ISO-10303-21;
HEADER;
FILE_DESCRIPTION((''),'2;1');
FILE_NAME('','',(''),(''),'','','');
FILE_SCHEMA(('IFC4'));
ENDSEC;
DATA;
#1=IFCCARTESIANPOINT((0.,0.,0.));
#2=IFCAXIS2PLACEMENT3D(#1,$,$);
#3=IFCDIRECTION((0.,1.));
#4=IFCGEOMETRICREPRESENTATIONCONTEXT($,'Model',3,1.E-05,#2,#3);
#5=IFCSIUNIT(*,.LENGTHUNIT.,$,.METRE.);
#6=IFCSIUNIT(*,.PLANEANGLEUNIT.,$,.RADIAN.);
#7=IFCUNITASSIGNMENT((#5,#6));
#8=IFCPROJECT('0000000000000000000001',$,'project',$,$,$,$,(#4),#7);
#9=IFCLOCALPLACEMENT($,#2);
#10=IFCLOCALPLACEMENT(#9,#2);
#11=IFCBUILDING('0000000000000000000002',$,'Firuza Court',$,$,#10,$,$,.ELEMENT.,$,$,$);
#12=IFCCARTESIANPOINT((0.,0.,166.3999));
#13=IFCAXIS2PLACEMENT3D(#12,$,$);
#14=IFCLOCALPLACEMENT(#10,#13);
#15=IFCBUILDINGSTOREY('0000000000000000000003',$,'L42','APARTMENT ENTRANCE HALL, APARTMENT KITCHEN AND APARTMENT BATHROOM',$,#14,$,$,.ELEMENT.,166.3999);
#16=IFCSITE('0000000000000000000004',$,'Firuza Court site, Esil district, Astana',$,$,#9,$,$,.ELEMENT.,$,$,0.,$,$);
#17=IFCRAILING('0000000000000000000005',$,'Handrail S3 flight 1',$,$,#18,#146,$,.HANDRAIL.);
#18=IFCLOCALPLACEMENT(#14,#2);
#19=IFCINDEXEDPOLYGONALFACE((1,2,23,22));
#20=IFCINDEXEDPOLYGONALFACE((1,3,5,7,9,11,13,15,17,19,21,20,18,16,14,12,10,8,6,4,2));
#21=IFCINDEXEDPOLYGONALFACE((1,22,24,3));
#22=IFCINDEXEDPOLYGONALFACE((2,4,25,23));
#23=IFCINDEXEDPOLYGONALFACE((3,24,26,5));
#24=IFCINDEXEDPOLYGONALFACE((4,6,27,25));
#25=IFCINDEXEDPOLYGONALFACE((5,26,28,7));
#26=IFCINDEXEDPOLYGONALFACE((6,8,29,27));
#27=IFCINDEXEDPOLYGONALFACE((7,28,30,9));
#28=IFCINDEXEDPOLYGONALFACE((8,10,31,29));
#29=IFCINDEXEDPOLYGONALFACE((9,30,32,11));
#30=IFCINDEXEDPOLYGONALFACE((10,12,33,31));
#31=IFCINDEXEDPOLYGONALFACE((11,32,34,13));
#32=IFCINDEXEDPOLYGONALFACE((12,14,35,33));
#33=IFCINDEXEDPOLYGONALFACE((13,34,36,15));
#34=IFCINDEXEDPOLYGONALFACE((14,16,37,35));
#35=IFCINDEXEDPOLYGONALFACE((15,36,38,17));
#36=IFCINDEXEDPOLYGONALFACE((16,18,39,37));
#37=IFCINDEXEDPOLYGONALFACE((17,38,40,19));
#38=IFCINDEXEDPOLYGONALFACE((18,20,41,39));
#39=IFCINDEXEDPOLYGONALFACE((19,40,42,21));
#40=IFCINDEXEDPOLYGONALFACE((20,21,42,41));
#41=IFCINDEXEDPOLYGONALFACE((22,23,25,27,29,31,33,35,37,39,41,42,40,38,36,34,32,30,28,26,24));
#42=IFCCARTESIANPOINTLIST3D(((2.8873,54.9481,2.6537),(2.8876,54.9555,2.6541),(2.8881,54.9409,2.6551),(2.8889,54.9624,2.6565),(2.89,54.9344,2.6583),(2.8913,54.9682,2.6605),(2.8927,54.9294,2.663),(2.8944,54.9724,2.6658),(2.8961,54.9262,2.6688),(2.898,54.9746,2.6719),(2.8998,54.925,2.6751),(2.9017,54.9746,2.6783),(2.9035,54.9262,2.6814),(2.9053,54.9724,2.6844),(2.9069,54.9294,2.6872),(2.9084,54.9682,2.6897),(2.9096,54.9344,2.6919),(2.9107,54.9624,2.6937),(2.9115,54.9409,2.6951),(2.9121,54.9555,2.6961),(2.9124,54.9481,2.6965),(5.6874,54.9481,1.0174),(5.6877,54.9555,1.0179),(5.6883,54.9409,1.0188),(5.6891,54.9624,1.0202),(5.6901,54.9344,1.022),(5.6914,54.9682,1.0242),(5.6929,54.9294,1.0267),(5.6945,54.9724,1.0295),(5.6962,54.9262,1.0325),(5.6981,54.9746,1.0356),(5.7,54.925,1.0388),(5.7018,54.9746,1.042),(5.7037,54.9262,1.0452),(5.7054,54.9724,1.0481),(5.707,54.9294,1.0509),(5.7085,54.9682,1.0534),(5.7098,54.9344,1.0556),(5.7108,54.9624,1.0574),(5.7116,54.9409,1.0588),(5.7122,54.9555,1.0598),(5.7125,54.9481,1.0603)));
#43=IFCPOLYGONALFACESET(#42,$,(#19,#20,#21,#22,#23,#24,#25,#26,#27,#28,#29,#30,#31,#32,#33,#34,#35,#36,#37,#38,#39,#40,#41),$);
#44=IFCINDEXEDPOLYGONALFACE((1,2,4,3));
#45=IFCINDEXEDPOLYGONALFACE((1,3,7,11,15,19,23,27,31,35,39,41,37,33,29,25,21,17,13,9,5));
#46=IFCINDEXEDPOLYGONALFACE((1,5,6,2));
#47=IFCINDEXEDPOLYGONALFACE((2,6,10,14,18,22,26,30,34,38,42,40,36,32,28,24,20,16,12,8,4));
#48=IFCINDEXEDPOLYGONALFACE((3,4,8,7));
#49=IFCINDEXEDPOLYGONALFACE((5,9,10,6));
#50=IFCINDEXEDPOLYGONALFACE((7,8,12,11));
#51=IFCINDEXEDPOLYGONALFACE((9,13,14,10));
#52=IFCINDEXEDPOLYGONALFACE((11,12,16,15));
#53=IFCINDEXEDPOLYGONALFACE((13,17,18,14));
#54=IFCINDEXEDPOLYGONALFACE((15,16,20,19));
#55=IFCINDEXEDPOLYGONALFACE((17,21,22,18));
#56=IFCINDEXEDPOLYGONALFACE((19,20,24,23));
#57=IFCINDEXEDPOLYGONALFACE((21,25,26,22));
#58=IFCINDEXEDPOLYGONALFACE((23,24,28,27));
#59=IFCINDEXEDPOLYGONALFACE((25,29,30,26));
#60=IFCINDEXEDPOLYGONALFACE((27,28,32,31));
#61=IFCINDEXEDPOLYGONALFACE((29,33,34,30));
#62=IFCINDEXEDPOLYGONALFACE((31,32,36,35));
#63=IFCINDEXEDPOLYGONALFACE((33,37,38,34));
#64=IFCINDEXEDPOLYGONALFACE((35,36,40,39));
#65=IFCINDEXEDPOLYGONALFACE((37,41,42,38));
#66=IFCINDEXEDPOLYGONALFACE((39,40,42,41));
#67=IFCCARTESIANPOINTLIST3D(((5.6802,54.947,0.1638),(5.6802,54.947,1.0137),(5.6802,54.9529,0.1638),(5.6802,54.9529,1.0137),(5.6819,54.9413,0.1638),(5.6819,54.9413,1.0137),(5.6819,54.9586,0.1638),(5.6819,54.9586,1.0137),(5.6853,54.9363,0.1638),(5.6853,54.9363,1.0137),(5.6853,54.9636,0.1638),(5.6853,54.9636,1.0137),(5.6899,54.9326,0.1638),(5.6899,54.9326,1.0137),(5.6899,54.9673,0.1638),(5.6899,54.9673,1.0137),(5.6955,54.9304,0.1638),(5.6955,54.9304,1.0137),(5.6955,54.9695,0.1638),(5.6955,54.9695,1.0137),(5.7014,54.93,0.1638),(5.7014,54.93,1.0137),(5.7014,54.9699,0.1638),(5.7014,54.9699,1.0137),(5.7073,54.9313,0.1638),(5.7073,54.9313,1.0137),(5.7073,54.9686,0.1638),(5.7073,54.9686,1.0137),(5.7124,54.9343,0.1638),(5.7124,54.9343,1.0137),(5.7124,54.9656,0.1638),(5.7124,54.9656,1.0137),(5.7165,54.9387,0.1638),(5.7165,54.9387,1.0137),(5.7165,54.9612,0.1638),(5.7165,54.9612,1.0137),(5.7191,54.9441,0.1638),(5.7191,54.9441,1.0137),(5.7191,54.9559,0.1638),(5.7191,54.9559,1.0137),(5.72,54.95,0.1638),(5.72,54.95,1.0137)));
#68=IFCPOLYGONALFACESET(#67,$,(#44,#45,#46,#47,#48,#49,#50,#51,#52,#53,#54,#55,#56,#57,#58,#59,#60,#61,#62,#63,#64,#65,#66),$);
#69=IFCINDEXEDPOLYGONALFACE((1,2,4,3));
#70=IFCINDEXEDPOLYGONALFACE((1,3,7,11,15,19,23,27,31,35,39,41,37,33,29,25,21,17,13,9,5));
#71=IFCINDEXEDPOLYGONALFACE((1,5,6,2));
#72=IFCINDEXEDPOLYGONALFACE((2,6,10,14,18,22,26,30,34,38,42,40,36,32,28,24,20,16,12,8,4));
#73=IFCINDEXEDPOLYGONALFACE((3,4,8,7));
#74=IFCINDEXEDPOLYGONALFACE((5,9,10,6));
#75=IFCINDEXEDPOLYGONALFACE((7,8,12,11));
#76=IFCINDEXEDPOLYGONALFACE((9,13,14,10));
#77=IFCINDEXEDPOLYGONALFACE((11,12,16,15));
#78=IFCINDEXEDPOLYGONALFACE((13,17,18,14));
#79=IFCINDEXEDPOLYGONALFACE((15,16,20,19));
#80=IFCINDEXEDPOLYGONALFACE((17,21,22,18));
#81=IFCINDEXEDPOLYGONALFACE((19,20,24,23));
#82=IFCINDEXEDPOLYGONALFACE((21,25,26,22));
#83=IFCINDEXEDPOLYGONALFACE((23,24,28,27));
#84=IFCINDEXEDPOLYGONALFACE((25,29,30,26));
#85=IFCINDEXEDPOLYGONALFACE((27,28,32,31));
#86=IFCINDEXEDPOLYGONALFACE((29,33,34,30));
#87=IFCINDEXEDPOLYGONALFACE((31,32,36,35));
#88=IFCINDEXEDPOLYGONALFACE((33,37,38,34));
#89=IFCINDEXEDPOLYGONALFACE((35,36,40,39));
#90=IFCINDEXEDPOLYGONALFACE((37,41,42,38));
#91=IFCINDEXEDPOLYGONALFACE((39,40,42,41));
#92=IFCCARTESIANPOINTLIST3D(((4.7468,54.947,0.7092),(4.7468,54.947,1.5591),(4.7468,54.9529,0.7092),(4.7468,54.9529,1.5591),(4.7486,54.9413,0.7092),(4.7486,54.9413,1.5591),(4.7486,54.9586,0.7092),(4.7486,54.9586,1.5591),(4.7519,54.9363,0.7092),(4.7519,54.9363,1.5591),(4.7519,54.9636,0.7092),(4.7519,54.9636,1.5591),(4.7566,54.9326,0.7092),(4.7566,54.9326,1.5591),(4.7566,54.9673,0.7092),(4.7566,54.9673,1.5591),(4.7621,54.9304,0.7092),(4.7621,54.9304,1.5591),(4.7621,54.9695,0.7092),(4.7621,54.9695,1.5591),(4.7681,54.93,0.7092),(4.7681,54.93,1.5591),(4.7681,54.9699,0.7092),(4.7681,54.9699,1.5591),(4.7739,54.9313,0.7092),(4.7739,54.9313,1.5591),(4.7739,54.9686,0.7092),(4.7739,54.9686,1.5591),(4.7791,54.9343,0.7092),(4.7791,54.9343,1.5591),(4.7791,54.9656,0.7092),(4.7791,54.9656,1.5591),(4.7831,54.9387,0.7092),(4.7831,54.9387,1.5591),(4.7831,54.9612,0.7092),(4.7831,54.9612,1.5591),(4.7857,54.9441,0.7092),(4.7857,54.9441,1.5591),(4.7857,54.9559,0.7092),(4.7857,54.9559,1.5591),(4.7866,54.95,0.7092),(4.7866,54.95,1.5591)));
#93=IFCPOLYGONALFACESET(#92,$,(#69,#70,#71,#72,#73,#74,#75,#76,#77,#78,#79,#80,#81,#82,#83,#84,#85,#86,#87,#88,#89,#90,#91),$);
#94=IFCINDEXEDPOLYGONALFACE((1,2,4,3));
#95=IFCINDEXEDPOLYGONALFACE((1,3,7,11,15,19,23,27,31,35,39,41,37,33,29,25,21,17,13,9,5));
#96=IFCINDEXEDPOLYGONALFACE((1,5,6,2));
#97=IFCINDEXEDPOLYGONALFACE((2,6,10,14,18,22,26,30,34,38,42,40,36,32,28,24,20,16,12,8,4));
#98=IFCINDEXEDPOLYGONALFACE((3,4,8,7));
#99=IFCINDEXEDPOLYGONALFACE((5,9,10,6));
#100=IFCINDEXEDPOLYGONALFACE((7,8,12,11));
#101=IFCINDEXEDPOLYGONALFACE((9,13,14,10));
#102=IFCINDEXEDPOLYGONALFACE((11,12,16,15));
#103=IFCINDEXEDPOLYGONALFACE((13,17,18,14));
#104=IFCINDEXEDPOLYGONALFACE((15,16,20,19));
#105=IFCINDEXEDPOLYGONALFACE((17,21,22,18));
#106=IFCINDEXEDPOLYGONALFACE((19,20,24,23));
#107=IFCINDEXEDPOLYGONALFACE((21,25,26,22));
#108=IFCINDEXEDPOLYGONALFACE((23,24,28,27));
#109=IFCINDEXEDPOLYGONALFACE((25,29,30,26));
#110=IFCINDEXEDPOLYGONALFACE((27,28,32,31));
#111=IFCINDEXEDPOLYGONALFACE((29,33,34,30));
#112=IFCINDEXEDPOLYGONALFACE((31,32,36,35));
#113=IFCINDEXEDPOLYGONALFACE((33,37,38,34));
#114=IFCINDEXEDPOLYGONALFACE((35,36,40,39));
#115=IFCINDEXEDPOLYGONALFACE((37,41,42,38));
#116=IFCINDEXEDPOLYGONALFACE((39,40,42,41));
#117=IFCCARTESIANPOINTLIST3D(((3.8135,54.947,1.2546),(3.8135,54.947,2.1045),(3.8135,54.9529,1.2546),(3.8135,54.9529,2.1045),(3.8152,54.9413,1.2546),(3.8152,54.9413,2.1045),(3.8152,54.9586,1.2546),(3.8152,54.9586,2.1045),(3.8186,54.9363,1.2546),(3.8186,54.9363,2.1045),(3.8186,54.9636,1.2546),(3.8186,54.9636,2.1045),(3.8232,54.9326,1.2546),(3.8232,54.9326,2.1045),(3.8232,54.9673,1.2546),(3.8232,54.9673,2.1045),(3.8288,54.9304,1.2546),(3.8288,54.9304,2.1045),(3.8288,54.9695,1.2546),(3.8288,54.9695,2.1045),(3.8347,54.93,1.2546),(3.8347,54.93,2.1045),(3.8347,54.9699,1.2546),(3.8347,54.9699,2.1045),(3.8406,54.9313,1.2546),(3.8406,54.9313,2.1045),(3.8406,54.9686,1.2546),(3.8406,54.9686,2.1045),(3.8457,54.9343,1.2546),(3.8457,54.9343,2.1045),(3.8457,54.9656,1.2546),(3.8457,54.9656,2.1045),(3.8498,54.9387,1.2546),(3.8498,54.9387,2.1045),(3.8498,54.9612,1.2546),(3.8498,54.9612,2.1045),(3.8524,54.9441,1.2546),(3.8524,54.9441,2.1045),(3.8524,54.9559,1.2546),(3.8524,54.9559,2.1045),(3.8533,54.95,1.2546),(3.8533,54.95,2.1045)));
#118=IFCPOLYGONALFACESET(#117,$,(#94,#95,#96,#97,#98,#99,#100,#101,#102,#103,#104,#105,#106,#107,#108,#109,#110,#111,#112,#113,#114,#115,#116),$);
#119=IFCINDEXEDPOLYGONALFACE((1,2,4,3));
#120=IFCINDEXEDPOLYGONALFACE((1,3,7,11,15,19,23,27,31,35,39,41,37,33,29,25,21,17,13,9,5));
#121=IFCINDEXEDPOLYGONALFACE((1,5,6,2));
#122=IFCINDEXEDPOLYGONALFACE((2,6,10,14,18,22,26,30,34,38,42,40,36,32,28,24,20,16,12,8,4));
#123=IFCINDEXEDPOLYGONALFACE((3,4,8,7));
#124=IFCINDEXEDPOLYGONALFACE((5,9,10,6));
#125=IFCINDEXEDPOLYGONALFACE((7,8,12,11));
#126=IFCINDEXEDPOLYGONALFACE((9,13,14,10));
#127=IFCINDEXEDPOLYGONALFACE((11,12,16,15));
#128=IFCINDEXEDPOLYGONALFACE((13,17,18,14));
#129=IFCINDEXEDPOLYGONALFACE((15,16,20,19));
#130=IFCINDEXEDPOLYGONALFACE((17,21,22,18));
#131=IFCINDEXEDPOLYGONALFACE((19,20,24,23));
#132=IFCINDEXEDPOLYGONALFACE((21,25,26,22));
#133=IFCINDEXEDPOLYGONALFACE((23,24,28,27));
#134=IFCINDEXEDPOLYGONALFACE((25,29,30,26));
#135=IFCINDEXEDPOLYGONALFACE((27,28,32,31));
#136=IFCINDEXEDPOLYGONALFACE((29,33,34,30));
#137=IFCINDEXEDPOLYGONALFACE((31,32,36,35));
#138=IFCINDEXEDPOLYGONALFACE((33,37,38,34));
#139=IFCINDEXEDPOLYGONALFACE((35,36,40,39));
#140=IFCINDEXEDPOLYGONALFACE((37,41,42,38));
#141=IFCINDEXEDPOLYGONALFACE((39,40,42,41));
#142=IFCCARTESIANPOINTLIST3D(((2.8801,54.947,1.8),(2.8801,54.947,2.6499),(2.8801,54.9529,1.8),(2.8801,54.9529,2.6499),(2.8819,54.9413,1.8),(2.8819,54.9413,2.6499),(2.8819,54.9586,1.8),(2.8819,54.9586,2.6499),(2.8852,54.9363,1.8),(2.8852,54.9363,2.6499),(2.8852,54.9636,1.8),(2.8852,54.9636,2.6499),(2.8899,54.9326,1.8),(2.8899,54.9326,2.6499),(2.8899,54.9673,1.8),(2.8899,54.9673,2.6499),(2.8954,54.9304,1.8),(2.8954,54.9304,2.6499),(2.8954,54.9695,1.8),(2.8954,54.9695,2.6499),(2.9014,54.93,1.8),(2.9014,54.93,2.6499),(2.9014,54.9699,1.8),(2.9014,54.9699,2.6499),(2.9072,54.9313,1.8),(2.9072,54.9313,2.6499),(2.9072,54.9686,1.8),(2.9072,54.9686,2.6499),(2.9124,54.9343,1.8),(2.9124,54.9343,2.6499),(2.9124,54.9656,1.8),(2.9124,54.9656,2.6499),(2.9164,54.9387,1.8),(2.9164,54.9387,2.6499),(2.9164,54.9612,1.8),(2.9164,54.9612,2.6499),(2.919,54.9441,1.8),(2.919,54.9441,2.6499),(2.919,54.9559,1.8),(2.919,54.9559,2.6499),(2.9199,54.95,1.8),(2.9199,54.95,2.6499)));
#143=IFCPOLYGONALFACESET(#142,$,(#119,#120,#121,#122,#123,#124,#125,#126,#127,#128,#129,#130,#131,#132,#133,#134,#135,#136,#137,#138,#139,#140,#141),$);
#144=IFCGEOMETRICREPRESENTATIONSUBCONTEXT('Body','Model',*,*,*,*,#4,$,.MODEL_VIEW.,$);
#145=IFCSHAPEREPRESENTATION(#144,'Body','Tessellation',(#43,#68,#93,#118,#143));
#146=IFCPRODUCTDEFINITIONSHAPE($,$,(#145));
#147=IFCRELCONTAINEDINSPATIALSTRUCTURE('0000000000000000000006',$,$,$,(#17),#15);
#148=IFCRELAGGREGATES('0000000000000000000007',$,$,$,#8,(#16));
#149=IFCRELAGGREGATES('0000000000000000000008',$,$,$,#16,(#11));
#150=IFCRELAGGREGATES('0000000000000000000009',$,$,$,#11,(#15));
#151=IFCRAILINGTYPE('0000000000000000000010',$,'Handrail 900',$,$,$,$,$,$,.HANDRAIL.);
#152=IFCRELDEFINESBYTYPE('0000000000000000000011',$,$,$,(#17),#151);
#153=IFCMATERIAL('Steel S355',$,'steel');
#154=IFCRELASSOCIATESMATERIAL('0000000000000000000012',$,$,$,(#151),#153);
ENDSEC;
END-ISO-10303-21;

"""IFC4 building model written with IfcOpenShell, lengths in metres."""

from ifc_helpers import new_model, si_unit, direction, frame, origin, origin_2d, place, context, subcontext, project, spatial, circle, extrude, material, type_object, element, save


model = new_model("IFC4")

# Units and contexts
model_context = context("Model", 3, precision=1e-05, world=origin(), true_north=direction((0.0, 1.0)))
body_context = subcontext(model_context, "Body", "Model", "MODEL_VIEW")
ifc_project = project(units=[si_unit("LENGTHUNIT", "METRE"), si_unit("PLANEANGLEUNIT", "RADIAN")], contexts=[model_context])

# Site, building, storey
site_placement = place(None, origin())
site = spatial("IfcSite", under=ifc_project, at=site_placement, Name="Firuza Court site, Esil district, Astana", CompositionType="ELEMENT", RefElevation=0.0)
building_placement = place(site_placement, origin())
building = spatial("IfcBuilding", under=site, at=building_placement, Name="Firuza Court", CompositionType="ELEMENT")
storey_placement = place(building_placement, frame((0.0, 0.0, 166.3999)))
storey = spatial("IfcBuildingStorey", under=building, at=storey_placement, Name="L42", Description="APARTMENT ENTRANCE HALL, APARTMENT KITCHEN AND APARTMENT BATHROOM", CompositionType="ELEMENT", Elevation=166.3999)

# Railing
ifc_material_1 = material(Name="Steel S355", Category="steel")
railing_type = type_object("IfcRailingType", Name="Handrail 900", PredefinedType="HANDRAIL", material=ifc_material_1)
railing_1_placement = place(storey_placement, frame((5.7, 54.95, 0.1638)))
element("IfcRailing", 1, at=railing_1_placement, inside=storey, type_object=railing_type, Name="Handrail S3 flight 1", PredefinedType="HANDRAIL", context=body_context, shape_type="SweptSolid", body=[
    extrude(circle(Radius=0.0249, at=origin_2d()), frame((0.0, 0.0, 0.875), z_axis=(-0.863394, 0.0, 0.504531), x_axis=(0.0, -1.0, 0.0)), (0.0, 0.0, 1.0), 3.2432),
    extrude(circle(Radius=0.02, at=origin_2d()), origin(), (0.0, 0.0, 1.0), 0.8499),
    extrude(circle(Radius=0.02, at=origin_2d()), frame((-0.9333, 0.0, 0.5454)), (0.0, 0.0, 1.0), 0.8499),
    extrude(circle(Radius=0.02, at=origin_2d()), frame((-1.8667, 0.0, 1.0908)), (0.0, 0.0, 1.0), 0.8499),
    extrude(circle(Radius=0.02, at=origin_2d()), frame((-2.8, 0.0, 1.6362)), (0.0, 0.0, 1.0), 0.8499),
])

save(model, "model.ifc")
